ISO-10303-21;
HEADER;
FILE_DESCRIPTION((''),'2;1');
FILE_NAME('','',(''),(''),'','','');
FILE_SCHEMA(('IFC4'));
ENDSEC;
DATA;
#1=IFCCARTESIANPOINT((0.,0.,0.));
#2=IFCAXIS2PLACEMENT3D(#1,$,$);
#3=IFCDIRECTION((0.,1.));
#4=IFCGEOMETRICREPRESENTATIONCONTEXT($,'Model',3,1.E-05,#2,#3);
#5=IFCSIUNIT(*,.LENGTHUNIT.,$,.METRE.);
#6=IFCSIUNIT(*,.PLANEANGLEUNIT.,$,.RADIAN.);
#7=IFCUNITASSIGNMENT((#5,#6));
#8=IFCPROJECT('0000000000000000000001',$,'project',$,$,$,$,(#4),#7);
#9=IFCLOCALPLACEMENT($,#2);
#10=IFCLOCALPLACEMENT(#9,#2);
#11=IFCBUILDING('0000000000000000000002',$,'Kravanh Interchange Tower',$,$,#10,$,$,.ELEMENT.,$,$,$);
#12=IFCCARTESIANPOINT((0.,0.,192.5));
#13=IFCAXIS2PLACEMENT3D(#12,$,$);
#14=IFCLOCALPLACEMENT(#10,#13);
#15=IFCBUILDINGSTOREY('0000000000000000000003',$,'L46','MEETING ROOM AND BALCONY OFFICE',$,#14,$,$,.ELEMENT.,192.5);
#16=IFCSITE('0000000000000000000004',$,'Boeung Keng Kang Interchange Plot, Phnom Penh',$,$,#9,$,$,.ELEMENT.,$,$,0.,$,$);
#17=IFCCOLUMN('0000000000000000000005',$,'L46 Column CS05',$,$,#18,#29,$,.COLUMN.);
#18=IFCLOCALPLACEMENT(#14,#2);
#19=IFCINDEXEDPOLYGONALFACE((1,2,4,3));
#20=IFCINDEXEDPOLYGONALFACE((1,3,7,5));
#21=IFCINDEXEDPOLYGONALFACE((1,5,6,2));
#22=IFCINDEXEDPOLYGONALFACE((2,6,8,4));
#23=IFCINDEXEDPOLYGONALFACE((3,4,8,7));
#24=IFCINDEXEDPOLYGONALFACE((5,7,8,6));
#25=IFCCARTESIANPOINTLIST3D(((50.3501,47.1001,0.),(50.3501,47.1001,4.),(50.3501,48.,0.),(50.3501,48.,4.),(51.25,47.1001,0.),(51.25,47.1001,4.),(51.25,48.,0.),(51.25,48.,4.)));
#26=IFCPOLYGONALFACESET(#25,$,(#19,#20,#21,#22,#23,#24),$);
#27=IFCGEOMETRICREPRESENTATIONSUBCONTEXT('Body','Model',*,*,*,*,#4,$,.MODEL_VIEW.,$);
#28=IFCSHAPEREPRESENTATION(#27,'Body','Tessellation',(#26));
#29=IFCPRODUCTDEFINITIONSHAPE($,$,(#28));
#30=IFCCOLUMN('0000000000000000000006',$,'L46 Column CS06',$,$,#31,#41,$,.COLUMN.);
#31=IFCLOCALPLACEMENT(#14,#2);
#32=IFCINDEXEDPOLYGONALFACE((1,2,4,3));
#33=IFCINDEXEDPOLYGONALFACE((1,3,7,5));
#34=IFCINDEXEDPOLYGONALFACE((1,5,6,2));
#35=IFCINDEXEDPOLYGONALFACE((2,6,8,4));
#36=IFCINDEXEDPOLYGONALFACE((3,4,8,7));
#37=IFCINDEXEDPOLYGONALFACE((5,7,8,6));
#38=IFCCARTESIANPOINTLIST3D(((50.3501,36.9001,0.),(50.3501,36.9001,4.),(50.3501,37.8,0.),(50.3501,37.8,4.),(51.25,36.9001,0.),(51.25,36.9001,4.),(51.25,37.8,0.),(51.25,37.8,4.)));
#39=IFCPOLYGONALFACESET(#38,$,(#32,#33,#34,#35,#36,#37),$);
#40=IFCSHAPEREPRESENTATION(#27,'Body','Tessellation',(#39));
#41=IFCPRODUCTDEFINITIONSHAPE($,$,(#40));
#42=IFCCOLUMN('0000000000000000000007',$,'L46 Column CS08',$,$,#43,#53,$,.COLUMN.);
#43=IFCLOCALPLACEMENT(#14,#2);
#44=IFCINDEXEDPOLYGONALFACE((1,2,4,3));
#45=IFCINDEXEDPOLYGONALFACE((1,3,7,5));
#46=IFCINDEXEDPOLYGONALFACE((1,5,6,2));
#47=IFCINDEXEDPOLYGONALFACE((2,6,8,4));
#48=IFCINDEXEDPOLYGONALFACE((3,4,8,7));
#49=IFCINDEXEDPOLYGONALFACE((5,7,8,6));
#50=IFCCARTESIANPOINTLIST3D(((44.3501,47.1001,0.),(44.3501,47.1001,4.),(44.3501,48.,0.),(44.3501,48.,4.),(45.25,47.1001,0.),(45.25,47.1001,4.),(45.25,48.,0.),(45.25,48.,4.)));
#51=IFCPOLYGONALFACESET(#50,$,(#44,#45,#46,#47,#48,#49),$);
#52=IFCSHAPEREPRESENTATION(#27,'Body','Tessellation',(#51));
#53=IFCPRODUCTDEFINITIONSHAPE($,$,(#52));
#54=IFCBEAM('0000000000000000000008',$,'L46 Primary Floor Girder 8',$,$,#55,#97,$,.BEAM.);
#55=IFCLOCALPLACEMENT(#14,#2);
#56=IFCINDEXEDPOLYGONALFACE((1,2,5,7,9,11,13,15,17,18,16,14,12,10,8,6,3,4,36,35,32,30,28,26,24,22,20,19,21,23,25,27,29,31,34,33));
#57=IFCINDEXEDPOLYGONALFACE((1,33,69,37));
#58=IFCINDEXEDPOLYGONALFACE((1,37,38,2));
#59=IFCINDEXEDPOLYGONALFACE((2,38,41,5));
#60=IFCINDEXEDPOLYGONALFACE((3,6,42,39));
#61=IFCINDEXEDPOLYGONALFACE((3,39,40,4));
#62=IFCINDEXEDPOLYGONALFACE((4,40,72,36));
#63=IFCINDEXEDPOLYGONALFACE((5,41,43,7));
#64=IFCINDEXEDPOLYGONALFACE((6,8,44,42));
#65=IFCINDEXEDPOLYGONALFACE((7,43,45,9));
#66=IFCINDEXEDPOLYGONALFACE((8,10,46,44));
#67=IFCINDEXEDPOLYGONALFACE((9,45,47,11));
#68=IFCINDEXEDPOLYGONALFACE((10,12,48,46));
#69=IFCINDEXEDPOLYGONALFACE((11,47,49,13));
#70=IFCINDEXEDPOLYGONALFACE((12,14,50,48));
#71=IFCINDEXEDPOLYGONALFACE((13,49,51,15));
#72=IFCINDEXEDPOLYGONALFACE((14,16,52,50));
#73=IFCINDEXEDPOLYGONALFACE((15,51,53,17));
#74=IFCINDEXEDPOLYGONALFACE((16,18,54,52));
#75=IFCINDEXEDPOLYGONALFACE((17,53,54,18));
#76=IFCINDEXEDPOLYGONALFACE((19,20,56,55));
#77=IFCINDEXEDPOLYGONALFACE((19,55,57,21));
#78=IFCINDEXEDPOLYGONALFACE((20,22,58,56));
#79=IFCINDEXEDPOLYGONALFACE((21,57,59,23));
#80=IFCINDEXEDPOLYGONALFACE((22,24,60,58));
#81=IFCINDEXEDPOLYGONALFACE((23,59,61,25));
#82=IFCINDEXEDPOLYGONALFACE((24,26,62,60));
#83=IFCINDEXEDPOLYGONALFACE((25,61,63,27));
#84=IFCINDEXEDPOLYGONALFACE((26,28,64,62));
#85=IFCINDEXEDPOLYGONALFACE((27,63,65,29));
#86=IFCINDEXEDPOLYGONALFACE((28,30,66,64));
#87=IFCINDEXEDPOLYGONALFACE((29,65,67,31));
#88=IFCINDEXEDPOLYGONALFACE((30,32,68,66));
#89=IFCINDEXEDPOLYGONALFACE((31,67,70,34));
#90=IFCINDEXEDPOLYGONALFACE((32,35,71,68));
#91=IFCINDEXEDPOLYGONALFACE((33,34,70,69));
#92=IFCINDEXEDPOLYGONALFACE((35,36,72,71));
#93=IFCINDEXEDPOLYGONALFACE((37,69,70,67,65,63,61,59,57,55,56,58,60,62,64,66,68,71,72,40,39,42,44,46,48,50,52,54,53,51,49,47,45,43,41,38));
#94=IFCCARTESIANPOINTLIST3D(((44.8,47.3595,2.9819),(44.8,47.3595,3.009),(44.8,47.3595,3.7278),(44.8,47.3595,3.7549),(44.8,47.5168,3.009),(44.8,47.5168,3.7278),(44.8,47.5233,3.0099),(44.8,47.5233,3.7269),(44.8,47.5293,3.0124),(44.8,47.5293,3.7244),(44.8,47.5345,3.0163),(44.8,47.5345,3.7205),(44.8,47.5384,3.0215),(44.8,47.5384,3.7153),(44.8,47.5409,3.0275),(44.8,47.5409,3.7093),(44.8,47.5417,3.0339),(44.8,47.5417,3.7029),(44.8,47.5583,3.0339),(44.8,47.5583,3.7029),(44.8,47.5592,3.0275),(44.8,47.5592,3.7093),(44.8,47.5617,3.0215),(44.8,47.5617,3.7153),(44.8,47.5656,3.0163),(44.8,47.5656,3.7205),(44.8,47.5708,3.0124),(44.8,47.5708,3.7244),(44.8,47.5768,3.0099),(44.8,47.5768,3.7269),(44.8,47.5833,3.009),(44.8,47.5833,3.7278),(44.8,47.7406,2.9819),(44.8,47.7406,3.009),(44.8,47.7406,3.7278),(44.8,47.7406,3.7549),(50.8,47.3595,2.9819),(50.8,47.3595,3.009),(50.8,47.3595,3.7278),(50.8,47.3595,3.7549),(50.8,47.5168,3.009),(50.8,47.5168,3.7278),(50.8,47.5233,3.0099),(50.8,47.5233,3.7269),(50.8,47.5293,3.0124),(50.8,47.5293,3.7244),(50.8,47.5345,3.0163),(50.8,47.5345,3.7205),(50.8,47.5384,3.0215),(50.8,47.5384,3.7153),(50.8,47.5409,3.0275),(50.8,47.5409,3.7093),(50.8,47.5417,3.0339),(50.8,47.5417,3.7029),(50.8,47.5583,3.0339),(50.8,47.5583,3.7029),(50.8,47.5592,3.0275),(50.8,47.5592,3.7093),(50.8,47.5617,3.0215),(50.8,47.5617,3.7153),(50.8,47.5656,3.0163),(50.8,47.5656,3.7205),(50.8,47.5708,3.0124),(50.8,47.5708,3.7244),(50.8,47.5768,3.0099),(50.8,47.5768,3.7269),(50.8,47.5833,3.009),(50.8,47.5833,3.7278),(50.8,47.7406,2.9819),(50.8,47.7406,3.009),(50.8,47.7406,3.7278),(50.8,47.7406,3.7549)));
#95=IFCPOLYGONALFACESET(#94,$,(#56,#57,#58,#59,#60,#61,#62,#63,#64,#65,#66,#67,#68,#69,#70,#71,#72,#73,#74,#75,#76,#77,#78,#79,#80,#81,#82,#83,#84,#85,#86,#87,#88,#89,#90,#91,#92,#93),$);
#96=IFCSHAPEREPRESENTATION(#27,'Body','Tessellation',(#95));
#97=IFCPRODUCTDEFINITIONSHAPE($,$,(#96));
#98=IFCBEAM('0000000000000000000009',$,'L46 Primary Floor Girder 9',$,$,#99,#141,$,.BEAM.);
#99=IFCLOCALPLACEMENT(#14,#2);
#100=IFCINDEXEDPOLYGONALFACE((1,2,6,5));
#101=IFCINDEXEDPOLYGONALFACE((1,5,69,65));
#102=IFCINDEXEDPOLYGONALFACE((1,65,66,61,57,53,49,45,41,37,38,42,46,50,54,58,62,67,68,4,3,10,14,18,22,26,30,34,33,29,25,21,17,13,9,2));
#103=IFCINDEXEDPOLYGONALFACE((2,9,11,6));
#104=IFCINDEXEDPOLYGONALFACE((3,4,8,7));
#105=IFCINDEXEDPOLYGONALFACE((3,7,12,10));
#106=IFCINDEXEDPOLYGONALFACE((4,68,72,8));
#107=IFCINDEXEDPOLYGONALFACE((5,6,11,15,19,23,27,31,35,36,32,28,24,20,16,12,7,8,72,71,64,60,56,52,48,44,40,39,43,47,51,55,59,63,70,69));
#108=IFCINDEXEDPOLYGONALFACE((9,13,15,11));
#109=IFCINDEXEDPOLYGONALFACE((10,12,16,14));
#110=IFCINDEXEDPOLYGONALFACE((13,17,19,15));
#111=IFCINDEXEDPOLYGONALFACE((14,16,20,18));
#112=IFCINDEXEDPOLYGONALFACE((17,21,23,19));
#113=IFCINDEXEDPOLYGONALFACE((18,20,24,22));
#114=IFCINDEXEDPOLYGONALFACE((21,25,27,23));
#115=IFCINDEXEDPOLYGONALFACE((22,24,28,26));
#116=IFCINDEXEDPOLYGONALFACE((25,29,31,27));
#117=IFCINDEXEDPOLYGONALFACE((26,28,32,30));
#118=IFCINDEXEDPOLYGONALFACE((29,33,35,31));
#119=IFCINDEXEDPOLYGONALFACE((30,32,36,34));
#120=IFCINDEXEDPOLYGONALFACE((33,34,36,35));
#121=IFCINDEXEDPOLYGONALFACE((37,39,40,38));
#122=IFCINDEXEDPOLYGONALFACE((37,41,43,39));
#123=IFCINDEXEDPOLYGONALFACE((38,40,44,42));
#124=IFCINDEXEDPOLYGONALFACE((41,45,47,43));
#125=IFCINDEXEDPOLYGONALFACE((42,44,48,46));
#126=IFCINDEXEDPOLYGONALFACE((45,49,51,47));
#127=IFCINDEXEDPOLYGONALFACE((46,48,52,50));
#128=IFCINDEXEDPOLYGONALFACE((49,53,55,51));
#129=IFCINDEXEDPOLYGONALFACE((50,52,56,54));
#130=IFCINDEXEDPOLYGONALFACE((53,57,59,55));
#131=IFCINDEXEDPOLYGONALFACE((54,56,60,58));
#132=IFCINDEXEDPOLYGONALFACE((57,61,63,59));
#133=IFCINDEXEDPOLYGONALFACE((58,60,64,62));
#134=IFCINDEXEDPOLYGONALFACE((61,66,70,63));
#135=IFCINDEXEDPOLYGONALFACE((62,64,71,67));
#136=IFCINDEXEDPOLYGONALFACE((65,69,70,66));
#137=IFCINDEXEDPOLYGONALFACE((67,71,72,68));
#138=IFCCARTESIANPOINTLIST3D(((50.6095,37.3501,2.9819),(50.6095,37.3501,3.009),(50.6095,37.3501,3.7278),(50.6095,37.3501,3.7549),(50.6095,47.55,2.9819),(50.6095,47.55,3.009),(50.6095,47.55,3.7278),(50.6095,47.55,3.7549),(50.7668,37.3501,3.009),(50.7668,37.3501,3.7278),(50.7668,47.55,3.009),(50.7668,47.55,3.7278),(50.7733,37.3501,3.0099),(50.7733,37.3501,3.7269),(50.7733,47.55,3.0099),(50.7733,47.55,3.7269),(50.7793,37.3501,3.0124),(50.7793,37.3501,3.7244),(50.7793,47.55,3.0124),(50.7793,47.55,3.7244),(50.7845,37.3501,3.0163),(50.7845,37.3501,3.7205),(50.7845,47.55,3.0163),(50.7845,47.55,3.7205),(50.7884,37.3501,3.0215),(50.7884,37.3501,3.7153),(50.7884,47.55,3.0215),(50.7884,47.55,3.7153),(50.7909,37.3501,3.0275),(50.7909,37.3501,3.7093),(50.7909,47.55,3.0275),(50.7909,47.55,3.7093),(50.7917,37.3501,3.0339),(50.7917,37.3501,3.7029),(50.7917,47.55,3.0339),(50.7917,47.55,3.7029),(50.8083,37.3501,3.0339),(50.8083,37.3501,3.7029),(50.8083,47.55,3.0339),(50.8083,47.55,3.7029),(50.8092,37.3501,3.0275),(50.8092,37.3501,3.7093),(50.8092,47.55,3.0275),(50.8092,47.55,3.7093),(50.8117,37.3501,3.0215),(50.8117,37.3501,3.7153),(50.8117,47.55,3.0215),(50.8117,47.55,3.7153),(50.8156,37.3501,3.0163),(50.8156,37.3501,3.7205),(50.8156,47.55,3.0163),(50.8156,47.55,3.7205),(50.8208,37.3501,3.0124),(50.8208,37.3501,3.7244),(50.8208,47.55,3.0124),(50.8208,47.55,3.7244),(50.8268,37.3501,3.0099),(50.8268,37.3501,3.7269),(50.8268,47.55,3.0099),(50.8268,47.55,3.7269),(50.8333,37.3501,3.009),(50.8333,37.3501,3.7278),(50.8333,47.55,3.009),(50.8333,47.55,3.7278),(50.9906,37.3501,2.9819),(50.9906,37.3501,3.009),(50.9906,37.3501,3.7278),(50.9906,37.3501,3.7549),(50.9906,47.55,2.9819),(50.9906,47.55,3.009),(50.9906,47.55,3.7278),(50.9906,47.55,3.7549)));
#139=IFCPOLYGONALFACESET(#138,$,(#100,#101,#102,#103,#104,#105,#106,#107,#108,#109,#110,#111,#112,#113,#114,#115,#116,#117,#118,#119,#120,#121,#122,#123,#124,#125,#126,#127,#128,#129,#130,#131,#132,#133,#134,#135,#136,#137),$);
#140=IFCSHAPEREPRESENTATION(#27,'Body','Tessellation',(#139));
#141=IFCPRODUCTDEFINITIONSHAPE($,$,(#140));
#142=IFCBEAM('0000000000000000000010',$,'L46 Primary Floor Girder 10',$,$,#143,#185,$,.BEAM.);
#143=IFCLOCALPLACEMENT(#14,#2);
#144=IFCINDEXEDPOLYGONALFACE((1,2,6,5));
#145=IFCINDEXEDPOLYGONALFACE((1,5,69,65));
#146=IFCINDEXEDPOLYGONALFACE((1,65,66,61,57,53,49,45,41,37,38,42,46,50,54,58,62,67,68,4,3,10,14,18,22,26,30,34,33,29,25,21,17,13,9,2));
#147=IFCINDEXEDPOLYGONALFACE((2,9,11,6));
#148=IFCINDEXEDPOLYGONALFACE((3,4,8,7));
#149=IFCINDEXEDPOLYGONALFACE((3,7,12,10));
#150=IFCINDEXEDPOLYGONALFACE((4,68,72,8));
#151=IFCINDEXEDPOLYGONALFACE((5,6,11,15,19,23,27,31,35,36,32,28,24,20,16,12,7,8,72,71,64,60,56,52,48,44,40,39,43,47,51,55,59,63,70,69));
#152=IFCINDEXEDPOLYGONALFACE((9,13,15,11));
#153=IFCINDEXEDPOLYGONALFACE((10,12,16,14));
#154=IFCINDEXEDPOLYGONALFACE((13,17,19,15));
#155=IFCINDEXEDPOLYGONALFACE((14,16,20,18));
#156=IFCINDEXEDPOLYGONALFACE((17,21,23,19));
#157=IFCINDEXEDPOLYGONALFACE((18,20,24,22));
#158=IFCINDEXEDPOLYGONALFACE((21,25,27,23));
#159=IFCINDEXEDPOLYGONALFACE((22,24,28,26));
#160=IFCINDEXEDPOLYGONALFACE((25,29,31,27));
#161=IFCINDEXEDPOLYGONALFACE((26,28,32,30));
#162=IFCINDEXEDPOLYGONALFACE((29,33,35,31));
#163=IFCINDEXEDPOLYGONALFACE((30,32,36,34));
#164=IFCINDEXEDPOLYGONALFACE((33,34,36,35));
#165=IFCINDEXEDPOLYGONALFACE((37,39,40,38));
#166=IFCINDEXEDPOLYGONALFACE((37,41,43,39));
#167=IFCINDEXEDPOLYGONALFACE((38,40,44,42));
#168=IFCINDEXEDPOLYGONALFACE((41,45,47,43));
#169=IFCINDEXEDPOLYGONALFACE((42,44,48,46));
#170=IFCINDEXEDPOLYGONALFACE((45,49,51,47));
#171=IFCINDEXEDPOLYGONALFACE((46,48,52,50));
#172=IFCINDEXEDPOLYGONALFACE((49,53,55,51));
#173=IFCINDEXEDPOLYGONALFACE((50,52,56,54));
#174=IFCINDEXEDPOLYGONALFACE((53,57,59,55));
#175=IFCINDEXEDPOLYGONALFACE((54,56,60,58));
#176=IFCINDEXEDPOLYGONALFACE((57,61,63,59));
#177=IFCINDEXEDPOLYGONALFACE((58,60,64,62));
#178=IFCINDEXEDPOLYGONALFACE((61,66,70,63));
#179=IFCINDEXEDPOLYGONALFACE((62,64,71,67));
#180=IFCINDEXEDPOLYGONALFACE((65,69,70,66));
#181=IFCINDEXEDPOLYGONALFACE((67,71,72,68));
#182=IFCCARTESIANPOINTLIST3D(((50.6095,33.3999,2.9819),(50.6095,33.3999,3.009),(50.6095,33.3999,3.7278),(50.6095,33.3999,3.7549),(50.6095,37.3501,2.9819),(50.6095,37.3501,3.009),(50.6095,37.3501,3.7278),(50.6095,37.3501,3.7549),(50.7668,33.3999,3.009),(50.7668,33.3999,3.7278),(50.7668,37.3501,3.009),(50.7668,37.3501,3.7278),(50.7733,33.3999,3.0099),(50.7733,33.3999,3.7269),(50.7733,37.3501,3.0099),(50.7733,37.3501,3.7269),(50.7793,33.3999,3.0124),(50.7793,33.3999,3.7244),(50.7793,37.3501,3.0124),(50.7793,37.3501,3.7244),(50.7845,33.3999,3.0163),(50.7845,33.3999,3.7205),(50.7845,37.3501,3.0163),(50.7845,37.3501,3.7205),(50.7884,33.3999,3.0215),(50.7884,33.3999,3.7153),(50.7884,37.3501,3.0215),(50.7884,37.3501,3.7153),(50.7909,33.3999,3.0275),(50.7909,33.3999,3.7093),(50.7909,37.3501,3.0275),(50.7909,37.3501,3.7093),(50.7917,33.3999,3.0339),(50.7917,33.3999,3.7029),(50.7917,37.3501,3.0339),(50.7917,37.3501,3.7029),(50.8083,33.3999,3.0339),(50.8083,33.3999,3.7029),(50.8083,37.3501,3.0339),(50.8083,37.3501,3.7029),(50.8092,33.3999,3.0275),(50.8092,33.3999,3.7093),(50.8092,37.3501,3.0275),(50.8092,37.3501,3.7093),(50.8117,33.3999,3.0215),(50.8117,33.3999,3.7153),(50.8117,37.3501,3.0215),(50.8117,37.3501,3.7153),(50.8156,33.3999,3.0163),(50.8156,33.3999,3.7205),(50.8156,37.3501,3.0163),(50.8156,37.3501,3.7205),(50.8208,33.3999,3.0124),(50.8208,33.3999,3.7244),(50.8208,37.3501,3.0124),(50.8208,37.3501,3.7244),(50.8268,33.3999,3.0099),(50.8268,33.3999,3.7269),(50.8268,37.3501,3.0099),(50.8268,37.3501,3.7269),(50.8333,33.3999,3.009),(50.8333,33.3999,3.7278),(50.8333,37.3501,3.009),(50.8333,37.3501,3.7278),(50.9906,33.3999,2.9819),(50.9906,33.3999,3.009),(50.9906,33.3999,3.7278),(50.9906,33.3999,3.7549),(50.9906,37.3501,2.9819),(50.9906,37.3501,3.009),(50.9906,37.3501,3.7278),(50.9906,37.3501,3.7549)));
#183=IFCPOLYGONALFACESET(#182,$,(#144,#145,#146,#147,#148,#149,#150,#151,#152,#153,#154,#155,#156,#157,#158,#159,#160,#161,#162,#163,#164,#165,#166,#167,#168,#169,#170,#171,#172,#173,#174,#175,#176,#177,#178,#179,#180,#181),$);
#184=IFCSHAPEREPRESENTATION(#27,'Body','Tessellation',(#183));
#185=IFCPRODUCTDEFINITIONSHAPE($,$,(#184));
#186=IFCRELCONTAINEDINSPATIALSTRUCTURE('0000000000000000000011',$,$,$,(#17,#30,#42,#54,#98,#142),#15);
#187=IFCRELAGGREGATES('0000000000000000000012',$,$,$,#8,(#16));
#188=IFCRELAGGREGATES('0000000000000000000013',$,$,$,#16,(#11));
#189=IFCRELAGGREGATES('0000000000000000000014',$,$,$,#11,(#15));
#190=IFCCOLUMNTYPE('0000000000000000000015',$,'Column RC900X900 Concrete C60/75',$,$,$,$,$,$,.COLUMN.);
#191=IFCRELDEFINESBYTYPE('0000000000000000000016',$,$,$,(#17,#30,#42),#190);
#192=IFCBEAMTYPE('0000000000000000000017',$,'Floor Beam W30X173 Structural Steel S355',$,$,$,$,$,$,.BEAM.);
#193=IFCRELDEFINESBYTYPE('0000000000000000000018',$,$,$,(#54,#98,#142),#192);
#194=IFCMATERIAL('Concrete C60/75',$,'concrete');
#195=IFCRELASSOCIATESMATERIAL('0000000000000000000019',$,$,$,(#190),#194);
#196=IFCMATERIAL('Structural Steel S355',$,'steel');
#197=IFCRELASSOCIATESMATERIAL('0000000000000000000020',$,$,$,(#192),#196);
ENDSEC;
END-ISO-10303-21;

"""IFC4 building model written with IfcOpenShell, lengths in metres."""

from ifc_helpers import new_model, si_unit, direction, frame, origin, origin_2d, place, context, subcontext, project, spatial, rectangle, i_section, extrude, material, material_profile, profile_set, type_object, element, save


model = new_model("IFC4")

# Units and contexts
model_context = context("Model", 3, precision=1e-05, world=origin(), true_north=direction((0.0, 1.0)))
body_context = subcontext(model_context, "Body", "Model", "MODEL_VIEW")
ifc_project = project(units=[si_unit("LENGTHUNIT", "METRE"), si_unit("PLANEANGLEUNIT", "RADIAN")], contexts=[model_context])

# Site, building, storey
site_placement = place(None, origin())
site = spatial("IfcSite", under=ifc_project, at=site_placement, Name="Boeung Keng Kang Interchange Plot, Phnom Penh", CompositionType="ELEMENT", RefElevation=0.0)
building_placement = place(site_placement, origin())
building = spatial("IfcBuilding", under=site, at=building_placement, Name="Kravanh Interchange Tower", CompositionType="ELEMENT")
storey_placement = place(building_placement, frame((0.0, 0.0, 192.5)))
storey = spatial("IfcBuildingStorey", under=building, at=storey_placement, Name="L46", Description="MEETING ROOM AND BALCONY OFFICE", CompositionType="ELEMENT", Elevation=192.5)

# Columns
ifc_material_1 = material(Name="Concrete C60/75", Category="concrete")
ifc_material_profile_1 = material_profile(ifc_material_1, rectangle(XDim=0.8999, YDim=0.8999, at=origin_2d()), Name="RC900X900")
ifc_profile_set_1 = profile_set([ifc_material_profile_1], Name="Concrete C60/75")
column_type = type_object("IfcColumnType", Name="Column RC900X900 Concrete C60/75", PredefinedType="COLUMN", material=ifc_profile_set_1)
for number, where, z_axis, x_axis, name in (
    (1, (50.8, 47.55, 0.0), (0.0, 0.0, 1.0), (1.0, 0.0, 0.0), "L46 Column CS05"),
    (2, (50.8, 37.3501, 0.0), (0.0, 0.0, 1.0), (1.0, 0.0, 0.0), "L46 Column CS06"),
    (3, (44.8, 47.55, 0.0), (0.0, 0.0, 1.0), (1.0, 0.0, 0.0), "L46 Column CS08"),
):
    element("IfcColumn", number, at=place(storey_placement, frame(where, z_axis=z_axis, x_axis=x_axis)), inside=storey, type_object=column_type, Name=name, PredefinedType="COLUMN", context=body_context, shape_type="SweptSolid", body=[
        extrude(rectangle(XDim=0.8999, YDim=0.8999, at=origin_2d()), origin(), (0.0, 0.0, 1.0), 4.0),
    ])

# Beams
ifc_material_2 = material(Name="Structural Steel S355", Category="steel")
ifc_material_profile_2 = material_profile(ifc_material_2, i_section(OverallWidth=0.3811, OverallDepth=0.7729, WebThickness=0.0166, FlangeThickness=0.0271, FilletRadius=0.0249, at=origin_2d()), Name="W30X173")
ifc_profile_set_2 = profile_set([ifc_material_profile_2], Name="Structural Steel S355")
beam_type_1 = type_object("IfcBeamType", Name="Floor Beam W30X173 Structural Steel S355", PredefinedType="BEAM", material=ifc_profile_set_2)
beam_1_placement = place(storey_placement, frame((50.8, 47.55, 3.3684), z_axis=(-1.0, 0.0, 0.0), x_axis=(0.0, -1.0, 0.0)))
element("IfcBeam", 4, at=beam_1_placement, inside=storey, type_object=beam_type_1, Name="L46 Primary Floor Girder 8", PredefinedType="BEAM", context=body_context, shape_type="SweptSolid", body=[
    extrude(i_section(OverallWidth=0.3811, OverallDepth=0.7729, WebThickness=0.0166, FlangeThickness=0.0271, FilletRadius=0.0249, at=origin_2d()), origin(), (0.0, 0.0, 1.0), 6.0),
])
beam_2_placement = place(storey_placement, frame((50.8, 47.55, 3.3684), z_axis=(0.0, -1.0, 0.0), x_axis=(1.0, 0.0, 0.0)))
element("IfcBeam", 5, at=beam_2_placement, inside=storey, type_object=beam_type_1, Name="L46 Primary Floor Girder 9", PredefinedType="BEAM", context=body_context, shape_type="SweptSolid", body=[
    extrude(i_section(OverallWidth=0.3811, OverallDepth=0.7729, WebThickness=0.0166, FlangeThickness=0.0271, FilletRadius=0.0249, at=origin_2d()), origin(), (0.0, 0.0, 1.0), 10.2),
])
beam_3_placement = place(storey_placement, frame((50.8, 37.3501, 3.3684), z_axis=(0.0, -1.0, 0.0), x_axis=(1.0, 0.0, 0.0)))
element("IfcBeam", 6, at=beam_3_placement, inside=storey, type_object=beam_type_1, Name="L46 Primary Floor Girder 10", PredefinedType="BEAM", context=body_context, shape_type="SweptSolid", body=[
    extrude(i_section(OverallWidth=0.3811, OverallDepth=0.7729, WebThickness=0.0166, FlangeThickness=0.0271, FilletRadius=0.0249, at=origin_2d()), origin(), (0.0, 0.0, 1.0), 3.9502),
])

save(model, "model.ifc")
